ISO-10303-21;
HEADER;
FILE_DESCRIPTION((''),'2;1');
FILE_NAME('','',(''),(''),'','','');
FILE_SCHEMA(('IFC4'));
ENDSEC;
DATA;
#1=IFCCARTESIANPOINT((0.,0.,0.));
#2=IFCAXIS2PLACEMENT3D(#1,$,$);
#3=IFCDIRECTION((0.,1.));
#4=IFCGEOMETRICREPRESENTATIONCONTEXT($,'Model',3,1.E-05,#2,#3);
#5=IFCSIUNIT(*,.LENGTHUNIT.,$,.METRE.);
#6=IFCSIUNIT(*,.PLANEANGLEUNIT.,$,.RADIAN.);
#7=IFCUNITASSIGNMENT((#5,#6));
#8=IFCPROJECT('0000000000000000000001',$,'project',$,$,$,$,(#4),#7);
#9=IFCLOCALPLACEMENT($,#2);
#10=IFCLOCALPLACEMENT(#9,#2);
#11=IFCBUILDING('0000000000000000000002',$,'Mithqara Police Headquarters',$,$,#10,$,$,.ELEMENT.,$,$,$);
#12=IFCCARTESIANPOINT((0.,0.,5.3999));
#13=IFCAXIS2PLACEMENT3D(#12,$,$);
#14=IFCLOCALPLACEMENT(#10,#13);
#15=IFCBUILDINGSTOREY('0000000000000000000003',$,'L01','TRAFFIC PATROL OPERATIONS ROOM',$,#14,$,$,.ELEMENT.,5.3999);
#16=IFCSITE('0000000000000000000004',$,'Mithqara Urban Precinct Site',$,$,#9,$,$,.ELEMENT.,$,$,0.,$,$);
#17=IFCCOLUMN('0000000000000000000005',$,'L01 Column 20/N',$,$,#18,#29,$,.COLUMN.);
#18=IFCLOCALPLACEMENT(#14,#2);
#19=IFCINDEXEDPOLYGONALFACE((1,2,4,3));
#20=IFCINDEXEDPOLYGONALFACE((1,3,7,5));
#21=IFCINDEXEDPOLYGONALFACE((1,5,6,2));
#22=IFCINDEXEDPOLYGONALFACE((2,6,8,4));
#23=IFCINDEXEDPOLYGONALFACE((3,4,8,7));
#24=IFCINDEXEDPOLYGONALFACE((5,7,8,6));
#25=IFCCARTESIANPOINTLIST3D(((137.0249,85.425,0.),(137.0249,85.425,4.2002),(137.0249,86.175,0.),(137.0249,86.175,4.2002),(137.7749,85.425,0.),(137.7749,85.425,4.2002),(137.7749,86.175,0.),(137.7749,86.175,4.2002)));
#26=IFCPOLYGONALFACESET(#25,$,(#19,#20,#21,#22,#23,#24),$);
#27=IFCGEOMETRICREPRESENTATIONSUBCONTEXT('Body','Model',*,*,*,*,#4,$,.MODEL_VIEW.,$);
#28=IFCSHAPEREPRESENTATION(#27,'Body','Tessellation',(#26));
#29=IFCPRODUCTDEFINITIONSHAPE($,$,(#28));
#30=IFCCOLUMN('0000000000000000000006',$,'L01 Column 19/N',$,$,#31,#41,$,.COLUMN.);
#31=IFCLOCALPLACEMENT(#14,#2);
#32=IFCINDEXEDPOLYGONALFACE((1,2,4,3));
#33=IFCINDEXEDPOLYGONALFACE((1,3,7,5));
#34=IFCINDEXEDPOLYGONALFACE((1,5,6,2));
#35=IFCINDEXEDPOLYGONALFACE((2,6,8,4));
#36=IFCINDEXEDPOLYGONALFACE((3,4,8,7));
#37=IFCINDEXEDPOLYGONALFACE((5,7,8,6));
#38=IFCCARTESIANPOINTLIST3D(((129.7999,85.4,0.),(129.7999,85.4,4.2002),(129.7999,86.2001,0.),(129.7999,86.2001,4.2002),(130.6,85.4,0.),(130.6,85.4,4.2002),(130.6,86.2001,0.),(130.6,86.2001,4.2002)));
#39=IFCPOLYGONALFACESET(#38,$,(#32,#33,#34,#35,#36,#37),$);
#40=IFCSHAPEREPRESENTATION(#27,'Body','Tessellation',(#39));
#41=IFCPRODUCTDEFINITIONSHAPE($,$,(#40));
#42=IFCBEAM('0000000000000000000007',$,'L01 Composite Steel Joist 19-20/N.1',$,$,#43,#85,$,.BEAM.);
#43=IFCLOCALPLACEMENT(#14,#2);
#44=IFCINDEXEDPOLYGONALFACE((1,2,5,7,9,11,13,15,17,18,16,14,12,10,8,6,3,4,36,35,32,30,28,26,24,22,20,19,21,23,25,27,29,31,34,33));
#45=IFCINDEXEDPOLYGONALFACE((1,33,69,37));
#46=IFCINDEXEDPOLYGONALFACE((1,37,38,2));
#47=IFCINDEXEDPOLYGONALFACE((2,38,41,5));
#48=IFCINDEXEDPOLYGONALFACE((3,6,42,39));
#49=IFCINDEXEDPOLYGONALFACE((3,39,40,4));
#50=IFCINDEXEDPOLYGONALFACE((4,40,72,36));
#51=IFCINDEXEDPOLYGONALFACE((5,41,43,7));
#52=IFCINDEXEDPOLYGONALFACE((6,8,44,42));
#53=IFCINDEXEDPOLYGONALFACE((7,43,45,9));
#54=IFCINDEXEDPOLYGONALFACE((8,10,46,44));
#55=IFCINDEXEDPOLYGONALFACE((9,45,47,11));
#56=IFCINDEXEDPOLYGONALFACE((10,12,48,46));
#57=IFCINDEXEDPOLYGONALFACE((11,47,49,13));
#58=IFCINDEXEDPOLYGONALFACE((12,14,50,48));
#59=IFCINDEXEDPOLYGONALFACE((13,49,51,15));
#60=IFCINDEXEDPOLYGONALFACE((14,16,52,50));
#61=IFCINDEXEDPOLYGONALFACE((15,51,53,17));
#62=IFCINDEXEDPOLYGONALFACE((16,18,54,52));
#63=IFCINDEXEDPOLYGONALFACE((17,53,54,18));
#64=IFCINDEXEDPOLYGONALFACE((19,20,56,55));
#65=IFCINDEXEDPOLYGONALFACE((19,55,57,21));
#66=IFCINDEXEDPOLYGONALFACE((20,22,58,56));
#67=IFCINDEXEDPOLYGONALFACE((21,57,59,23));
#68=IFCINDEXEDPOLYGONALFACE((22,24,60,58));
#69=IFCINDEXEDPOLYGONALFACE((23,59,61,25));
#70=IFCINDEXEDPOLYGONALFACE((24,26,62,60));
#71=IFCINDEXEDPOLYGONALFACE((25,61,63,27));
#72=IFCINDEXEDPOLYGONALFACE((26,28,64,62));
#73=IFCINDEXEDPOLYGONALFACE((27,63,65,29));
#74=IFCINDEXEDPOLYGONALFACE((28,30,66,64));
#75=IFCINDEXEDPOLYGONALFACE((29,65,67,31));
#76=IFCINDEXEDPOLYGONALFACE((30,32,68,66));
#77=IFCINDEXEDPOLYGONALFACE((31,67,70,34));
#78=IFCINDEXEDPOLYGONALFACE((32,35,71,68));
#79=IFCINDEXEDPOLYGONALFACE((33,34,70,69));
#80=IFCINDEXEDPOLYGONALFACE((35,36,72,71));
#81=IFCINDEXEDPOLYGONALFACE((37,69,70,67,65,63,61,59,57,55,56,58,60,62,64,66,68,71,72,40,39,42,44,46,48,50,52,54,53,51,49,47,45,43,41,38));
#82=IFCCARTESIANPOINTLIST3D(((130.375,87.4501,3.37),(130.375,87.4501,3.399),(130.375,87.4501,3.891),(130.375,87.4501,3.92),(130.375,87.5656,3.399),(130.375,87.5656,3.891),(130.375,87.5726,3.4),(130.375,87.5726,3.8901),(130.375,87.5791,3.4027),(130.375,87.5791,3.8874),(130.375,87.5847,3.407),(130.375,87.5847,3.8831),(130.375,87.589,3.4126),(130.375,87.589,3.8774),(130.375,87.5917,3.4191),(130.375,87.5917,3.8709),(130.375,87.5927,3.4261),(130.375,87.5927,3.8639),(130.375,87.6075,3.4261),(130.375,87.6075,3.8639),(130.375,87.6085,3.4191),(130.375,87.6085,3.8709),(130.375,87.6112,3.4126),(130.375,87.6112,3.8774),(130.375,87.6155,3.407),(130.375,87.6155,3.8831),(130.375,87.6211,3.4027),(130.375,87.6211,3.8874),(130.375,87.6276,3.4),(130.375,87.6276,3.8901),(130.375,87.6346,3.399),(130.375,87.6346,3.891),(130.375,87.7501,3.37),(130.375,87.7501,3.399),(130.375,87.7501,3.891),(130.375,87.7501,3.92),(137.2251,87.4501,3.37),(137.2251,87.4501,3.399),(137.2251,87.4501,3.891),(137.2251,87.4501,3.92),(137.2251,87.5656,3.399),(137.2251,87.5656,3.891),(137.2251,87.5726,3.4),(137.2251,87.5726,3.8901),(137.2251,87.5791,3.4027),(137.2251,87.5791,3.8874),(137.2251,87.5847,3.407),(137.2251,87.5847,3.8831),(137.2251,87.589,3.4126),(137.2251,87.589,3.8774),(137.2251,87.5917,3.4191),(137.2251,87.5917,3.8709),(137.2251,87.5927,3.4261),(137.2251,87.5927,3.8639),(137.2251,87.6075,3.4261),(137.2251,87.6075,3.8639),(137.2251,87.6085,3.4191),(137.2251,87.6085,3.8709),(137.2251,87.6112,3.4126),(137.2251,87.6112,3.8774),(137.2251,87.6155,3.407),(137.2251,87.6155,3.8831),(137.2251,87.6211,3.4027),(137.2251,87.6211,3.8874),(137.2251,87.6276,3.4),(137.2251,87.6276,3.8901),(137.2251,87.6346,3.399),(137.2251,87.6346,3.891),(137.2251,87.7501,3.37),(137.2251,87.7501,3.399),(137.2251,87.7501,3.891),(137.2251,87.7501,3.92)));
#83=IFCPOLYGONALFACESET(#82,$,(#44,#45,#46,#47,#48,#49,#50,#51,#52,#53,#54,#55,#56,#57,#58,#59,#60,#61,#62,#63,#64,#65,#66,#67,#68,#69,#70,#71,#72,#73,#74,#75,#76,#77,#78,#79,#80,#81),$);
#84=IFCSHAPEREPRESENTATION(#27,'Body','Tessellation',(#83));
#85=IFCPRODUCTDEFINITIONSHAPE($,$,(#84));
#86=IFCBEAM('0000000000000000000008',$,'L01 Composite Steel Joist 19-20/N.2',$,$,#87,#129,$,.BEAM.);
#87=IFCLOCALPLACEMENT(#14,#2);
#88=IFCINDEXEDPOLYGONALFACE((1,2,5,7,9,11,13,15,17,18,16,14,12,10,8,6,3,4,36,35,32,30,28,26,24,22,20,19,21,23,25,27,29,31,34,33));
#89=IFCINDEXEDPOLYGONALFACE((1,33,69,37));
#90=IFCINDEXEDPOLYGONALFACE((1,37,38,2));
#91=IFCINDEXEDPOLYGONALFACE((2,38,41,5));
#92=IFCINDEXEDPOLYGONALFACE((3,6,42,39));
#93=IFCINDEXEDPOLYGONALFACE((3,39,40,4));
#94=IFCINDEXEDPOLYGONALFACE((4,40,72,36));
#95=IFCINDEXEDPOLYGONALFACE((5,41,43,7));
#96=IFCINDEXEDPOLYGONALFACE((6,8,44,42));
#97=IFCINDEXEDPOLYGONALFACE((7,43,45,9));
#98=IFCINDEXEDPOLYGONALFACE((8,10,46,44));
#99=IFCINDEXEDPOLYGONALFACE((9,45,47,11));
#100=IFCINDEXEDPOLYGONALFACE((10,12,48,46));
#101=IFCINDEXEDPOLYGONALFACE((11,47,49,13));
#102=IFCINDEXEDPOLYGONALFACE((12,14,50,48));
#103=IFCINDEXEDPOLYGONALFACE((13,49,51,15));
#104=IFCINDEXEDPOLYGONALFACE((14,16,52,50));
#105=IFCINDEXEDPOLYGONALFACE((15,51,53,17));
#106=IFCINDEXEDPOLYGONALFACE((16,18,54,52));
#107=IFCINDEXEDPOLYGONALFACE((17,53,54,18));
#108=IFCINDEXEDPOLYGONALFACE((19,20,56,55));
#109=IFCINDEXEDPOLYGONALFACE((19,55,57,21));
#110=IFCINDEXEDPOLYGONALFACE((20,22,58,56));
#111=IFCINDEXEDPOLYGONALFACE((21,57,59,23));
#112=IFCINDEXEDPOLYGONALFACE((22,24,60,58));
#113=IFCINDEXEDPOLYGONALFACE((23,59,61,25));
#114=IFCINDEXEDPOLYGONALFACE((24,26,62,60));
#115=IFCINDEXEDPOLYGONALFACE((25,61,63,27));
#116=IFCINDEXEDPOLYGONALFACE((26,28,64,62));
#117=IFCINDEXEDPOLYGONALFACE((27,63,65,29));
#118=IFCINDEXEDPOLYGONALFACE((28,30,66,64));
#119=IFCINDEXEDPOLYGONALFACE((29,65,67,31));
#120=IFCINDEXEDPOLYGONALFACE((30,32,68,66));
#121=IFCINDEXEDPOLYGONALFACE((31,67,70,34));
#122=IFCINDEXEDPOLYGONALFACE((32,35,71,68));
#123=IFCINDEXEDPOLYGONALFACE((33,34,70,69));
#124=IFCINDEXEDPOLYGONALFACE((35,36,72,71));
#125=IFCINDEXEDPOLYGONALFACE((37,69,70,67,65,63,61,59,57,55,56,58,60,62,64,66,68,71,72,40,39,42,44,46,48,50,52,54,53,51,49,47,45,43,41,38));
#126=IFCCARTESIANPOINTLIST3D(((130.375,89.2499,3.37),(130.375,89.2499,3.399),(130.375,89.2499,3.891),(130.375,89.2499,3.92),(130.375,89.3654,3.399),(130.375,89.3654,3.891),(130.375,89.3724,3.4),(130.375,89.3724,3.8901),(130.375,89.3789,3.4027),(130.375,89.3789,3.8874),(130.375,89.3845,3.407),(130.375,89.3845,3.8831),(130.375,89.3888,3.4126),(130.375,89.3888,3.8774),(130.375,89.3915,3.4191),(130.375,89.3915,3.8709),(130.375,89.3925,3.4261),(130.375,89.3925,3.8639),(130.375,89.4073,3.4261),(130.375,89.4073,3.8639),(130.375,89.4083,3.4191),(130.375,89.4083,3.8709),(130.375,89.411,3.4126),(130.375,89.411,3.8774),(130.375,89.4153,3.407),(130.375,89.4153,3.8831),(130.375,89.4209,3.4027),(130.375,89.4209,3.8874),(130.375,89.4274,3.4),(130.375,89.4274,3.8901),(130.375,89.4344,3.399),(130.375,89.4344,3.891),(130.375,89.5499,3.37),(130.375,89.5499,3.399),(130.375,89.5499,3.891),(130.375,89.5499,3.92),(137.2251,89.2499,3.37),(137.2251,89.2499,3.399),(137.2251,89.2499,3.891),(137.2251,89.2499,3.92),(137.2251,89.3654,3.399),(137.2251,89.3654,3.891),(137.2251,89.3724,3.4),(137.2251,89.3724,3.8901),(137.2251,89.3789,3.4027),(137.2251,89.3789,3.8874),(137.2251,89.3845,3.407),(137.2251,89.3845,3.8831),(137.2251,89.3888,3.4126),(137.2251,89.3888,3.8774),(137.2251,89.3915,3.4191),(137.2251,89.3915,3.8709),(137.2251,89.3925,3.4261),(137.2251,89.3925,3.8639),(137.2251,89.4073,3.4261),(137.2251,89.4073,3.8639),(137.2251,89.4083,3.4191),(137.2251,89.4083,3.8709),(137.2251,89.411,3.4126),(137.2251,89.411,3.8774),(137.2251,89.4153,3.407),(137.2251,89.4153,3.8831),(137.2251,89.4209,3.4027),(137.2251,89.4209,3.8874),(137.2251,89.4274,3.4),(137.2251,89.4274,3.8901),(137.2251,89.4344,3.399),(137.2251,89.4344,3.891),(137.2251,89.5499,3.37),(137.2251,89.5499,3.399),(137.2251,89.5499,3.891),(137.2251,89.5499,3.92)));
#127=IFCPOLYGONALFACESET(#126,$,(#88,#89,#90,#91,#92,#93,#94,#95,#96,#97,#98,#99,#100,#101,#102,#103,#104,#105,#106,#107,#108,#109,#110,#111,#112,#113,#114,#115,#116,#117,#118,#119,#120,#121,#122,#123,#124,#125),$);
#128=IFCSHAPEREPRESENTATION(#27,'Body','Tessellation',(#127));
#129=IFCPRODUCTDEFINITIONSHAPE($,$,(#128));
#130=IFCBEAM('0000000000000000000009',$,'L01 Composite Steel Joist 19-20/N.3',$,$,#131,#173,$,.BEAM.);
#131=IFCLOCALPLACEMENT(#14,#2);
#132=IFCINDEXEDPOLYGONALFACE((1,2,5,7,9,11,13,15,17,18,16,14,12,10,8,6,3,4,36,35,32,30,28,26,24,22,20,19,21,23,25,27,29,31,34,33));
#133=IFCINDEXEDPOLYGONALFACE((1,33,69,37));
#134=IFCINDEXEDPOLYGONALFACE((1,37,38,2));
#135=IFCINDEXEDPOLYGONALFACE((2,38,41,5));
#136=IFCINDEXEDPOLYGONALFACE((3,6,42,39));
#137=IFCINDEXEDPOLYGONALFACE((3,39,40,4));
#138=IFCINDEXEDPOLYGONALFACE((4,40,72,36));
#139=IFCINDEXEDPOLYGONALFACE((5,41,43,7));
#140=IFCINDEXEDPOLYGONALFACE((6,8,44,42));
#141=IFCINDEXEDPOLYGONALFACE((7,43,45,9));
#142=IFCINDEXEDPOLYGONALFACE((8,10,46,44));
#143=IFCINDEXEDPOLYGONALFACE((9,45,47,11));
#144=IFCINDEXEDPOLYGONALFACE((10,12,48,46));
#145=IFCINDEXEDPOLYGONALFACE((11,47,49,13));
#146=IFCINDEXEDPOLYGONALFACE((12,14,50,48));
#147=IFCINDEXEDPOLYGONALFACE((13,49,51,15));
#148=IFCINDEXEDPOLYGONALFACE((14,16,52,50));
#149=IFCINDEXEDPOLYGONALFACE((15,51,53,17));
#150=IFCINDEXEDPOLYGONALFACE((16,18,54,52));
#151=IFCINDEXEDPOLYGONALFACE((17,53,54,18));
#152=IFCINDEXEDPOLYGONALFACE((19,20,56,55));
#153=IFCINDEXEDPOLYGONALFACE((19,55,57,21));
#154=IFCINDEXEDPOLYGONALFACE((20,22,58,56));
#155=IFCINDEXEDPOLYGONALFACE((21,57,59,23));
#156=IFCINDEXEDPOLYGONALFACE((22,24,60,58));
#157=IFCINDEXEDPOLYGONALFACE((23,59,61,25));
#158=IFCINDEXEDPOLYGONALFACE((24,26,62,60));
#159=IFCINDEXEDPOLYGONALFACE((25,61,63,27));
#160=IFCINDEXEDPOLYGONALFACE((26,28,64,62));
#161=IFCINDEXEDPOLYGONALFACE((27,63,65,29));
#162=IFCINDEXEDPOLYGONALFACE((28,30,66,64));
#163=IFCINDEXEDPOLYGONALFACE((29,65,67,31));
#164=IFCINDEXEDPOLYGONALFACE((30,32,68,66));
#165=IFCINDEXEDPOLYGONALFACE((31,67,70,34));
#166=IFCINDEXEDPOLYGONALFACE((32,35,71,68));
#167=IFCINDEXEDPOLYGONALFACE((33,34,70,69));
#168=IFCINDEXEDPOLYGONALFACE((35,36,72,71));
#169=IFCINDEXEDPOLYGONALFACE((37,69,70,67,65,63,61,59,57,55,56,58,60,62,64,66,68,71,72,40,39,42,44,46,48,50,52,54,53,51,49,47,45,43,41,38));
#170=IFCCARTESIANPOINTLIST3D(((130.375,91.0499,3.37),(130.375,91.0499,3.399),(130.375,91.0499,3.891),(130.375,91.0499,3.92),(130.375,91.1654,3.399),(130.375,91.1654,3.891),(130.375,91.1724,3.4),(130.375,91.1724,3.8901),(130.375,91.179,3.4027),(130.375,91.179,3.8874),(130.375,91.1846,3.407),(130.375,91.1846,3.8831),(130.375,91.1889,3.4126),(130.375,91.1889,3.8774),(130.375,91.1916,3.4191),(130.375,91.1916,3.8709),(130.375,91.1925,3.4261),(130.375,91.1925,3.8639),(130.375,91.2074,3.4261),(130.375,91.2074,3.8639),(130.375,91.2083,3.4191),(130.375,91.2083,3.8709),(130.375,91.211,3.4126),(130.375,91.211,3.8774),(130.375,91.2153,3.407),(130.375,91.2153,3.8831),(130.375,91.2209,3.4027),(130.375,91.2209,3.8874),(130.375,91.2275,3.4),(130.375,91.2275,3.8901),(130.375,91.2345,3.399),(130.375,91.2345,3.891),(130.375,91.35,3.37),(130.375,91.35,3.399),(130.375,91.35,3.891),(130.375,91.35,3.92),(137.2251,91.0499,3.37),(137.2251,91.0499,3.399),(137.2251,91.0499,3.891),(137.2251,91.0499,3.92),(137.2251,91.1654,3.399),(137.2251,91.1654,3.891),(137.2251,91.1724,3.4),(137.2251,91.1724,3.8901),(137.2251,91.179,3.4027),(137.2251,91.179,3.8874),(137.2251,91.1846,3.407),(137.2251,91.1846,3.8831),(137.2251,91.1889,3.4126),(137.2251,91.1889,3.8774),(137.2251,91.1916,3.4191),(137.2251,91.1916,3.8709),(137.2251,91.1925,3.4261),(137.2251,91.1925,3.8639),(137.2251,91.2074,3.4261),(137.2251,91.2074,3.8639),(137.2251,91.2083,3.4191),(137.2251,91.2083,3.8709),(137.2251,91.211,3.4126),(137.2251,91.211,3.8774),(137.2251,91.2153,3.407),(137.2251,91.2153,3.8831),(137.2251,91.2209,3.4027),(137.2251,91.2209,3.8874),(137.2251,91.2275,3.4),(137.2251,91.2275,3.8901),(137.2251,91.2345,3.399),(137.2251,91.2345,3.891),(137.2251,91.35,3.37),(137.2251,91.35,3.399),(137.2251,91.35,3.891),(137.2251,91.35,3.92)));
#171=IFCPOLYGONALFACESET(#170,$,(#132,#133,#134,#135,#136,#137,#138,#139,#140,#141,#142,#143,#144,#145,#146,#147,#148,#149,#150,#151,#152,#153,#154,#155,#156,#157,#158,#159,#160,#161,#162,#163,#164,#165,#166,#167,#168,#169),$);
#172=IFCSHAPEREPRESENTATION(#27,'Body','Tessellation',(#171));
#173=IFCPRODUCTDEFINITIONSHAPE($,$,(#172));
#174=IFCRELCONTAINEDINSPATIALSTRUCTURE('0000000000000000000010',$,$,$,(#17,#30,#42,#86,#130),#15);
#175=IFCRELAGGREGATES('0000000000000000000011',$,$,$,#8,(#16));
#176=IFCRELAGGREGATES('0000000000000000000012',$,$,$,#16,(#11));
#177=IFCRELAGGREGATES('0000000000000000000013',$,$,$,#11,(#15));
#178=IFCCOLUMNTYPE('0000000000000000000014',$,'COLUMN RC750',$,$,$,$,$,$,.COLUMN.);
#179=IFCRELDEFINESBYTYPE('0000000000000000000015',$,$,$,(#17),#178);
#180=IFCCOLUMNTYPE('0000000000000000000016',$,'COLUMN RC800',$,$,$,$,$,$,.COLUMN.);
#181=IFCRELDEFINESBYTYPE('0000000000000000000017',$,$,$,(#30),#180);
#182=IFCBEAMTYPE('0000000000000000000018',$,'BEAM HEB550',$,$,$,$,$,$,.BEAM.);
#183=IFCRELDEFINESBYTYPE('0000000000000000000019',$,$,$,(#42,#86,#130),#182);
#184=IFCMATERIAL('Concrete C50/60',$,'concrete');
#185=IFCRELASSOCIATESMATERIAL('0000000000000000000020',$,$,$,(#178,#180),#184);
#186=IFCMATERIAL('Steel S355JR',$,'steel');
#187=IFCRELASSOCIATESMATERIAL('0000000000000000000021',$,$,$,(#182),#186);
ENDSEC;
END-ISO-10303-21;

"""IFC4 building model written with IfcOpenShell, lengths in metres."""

from ifc_helpers import new_model, si_unit, direction, frame, origin, origin_2d, place, context, subcontext, project, spatial, rectangle, i_section, extrude, material, material_profile, profile_set, type_object, element, save


model = new_model("IFC4")

# Units and contexts
model_context = context("Model", 3, precision=1e-05, world=origin(), true_north=direction((0.0, 1.0)))
body_context = subcontext(model_context, "Body", "Model", "MODEL_VIEW")
ifc_project = project(units=[si_unit("LENGTHUNIT", "METRE"), si_unit("PLANEANGLEUNIT", "RADIAN")], contexts=[model_context])

# Site, building, storey
site_placement = place(None, origin())
site = spatial("IfcSite", under=ifc_project, at=site_placement, Name="Mithqara Urban Precinct Site", CompositionType="ELEMENT", RefElevation=0.0)
building_placement = place(site_placement, origin())
building = spatial("IfcBuilding", under=site, at=building_placement, Name="Mithqara Police Headquarters", CompositionType="ELEMENT")
storey_placement = place(building_placement, frame((0.0, 0.0, 5.3999)))
storey = spatial("IfcBuildingStorey", under=building, at=storey_placement, Name="L01", Description="TRAFFIC PATROL OPERATIONS ROOM", CompositionType="ELEMENT", Elevation=5.3999)

# Columns
ifc_material_1 = material(Name="Concrete C50/60", Category="concrete")
ifc_material_profile_1 = material_profile(ifc_material_1, rectangle(XDim=0.75, YDim=0.75, at=origin_2d()), Name="RC 750x750")
ifc_profile_set_1 = profile_set([ifc_material_profile_1], Name="Concrete C50/60")
column_type_1 = type_object("IfcColumnType", Name="COLUMN RC750", PredefinedType="COLUMN", material=ifc_profile_set_1)
column_1_placement = place(storey_placement, frame((137.3999, 85.8, 0.0), z_axis=(0.0, 0.0, 1.0), x_axis=(1.0, 0.0, 0.0)))
element("IfcColumn", 1, at=column_1_placement, inside=storey, type_object=column_type_1, Name="L01 Column 20/N", PredefinedType="COLUMN", context=body_context, shape_type="SweptSolid", body=[
    extrude(rectangle(XDim=0.75, YDim=0.75, at=origin_2d()), origin(), (0.0, 0.0, 1.0), 4.2002),
])
ifc_material_profile_2 = material_profile(ifc_material_1, rectangle(XDim=0.8, YDim=0.8, at=origin_2d()), Name="RC 800x800")
ifc_profile_set_2 = profile_set([ifc_material_profile_2], Name="Concrete C50/60")
column_type_2 = type_object("IfcColumnType", Name="COLUMN RC800", PredefinedType="COLUMN", material=ifc_profile_set_2)
column_2_placement = place(storey_placement, frame((130.2, 85.8, 0.0), z_axis=(0.0, 0.0, 1.0), x_axis=(1.0, 0.0, 0.0)))
element("IfcColumn", 2, at=column_2_placement, inside=storey, type_object=column_type_2, Name="L01 Column 19/N", PredefinedType="COLUMN", context=body_context, shape_type="SweptSolid", body=[
    extrude(rectangle(XDim=0.8, YDim=0.8, at=origin_2d()), origin(), (0.0, 0.0, 1.0), 4.2002),
])

# Beams
ifc_material_2 = material(Name="Steel S355JR", Category="steel")
ifc_material_profile_3 = material_profile(ifc_material_2, i_section(OverallWidth=0.3, OverallDepth=0.55, WebThickness=0.0149, FlangeThickness=0.0291, FilletRadius=0.0271, at=origin_2d()), Name="HEB 550")
ifc_profile_set_3 = profile_set([ifc_material_profile_3], Name="Steel S355JR")
beam_type_1 = type_object("IfcBeamType", Name="BEAM HEB550", PredefinedType="BEAM", material=ifc_profile_set_3)
for number, where, z_axis, x_axis, name in (
    (3, (130.375, 87.6001, 3.645), (1.0, 0.0, 0.0), (0.0, 1.0, 0.0), "L01 Composite Steel Joist 19-20/N.1"),
    (4, (130.375, 89.3999, 3.645), (1.0, 0.0, 0.0), (0.0, 1.0, 0.0), "L01 Composite Steel Joist 19-20/N.2"),
    (5, (130.375, 91.2, 3.645), (1.0, 0.0, 0.0), (0.0, 1.0, 0.0), "L01 Composite Steel Joist 19-20/N.3"),
):
    element("IfcBeam", number, at=place(storey_placement, frame(where, z_axis=z_axis, x_axis=x_axis)), inside=storey, type_object=beam_type_1, Name=name, PredefinedType="BEAM", context=body_context, shape_type="SweptSolid", body=[
        extrude(i_section(OverallWidth=0.3, OverallDepth=0.55, WebThickness=0.0149, FlangeThickness=0.0291, FilletRadius=0.0271, at=origin_2d()), origin(), (0.0, 0.0, 1.0), 6.8501),
    ])

save(model, "model.ifc")
